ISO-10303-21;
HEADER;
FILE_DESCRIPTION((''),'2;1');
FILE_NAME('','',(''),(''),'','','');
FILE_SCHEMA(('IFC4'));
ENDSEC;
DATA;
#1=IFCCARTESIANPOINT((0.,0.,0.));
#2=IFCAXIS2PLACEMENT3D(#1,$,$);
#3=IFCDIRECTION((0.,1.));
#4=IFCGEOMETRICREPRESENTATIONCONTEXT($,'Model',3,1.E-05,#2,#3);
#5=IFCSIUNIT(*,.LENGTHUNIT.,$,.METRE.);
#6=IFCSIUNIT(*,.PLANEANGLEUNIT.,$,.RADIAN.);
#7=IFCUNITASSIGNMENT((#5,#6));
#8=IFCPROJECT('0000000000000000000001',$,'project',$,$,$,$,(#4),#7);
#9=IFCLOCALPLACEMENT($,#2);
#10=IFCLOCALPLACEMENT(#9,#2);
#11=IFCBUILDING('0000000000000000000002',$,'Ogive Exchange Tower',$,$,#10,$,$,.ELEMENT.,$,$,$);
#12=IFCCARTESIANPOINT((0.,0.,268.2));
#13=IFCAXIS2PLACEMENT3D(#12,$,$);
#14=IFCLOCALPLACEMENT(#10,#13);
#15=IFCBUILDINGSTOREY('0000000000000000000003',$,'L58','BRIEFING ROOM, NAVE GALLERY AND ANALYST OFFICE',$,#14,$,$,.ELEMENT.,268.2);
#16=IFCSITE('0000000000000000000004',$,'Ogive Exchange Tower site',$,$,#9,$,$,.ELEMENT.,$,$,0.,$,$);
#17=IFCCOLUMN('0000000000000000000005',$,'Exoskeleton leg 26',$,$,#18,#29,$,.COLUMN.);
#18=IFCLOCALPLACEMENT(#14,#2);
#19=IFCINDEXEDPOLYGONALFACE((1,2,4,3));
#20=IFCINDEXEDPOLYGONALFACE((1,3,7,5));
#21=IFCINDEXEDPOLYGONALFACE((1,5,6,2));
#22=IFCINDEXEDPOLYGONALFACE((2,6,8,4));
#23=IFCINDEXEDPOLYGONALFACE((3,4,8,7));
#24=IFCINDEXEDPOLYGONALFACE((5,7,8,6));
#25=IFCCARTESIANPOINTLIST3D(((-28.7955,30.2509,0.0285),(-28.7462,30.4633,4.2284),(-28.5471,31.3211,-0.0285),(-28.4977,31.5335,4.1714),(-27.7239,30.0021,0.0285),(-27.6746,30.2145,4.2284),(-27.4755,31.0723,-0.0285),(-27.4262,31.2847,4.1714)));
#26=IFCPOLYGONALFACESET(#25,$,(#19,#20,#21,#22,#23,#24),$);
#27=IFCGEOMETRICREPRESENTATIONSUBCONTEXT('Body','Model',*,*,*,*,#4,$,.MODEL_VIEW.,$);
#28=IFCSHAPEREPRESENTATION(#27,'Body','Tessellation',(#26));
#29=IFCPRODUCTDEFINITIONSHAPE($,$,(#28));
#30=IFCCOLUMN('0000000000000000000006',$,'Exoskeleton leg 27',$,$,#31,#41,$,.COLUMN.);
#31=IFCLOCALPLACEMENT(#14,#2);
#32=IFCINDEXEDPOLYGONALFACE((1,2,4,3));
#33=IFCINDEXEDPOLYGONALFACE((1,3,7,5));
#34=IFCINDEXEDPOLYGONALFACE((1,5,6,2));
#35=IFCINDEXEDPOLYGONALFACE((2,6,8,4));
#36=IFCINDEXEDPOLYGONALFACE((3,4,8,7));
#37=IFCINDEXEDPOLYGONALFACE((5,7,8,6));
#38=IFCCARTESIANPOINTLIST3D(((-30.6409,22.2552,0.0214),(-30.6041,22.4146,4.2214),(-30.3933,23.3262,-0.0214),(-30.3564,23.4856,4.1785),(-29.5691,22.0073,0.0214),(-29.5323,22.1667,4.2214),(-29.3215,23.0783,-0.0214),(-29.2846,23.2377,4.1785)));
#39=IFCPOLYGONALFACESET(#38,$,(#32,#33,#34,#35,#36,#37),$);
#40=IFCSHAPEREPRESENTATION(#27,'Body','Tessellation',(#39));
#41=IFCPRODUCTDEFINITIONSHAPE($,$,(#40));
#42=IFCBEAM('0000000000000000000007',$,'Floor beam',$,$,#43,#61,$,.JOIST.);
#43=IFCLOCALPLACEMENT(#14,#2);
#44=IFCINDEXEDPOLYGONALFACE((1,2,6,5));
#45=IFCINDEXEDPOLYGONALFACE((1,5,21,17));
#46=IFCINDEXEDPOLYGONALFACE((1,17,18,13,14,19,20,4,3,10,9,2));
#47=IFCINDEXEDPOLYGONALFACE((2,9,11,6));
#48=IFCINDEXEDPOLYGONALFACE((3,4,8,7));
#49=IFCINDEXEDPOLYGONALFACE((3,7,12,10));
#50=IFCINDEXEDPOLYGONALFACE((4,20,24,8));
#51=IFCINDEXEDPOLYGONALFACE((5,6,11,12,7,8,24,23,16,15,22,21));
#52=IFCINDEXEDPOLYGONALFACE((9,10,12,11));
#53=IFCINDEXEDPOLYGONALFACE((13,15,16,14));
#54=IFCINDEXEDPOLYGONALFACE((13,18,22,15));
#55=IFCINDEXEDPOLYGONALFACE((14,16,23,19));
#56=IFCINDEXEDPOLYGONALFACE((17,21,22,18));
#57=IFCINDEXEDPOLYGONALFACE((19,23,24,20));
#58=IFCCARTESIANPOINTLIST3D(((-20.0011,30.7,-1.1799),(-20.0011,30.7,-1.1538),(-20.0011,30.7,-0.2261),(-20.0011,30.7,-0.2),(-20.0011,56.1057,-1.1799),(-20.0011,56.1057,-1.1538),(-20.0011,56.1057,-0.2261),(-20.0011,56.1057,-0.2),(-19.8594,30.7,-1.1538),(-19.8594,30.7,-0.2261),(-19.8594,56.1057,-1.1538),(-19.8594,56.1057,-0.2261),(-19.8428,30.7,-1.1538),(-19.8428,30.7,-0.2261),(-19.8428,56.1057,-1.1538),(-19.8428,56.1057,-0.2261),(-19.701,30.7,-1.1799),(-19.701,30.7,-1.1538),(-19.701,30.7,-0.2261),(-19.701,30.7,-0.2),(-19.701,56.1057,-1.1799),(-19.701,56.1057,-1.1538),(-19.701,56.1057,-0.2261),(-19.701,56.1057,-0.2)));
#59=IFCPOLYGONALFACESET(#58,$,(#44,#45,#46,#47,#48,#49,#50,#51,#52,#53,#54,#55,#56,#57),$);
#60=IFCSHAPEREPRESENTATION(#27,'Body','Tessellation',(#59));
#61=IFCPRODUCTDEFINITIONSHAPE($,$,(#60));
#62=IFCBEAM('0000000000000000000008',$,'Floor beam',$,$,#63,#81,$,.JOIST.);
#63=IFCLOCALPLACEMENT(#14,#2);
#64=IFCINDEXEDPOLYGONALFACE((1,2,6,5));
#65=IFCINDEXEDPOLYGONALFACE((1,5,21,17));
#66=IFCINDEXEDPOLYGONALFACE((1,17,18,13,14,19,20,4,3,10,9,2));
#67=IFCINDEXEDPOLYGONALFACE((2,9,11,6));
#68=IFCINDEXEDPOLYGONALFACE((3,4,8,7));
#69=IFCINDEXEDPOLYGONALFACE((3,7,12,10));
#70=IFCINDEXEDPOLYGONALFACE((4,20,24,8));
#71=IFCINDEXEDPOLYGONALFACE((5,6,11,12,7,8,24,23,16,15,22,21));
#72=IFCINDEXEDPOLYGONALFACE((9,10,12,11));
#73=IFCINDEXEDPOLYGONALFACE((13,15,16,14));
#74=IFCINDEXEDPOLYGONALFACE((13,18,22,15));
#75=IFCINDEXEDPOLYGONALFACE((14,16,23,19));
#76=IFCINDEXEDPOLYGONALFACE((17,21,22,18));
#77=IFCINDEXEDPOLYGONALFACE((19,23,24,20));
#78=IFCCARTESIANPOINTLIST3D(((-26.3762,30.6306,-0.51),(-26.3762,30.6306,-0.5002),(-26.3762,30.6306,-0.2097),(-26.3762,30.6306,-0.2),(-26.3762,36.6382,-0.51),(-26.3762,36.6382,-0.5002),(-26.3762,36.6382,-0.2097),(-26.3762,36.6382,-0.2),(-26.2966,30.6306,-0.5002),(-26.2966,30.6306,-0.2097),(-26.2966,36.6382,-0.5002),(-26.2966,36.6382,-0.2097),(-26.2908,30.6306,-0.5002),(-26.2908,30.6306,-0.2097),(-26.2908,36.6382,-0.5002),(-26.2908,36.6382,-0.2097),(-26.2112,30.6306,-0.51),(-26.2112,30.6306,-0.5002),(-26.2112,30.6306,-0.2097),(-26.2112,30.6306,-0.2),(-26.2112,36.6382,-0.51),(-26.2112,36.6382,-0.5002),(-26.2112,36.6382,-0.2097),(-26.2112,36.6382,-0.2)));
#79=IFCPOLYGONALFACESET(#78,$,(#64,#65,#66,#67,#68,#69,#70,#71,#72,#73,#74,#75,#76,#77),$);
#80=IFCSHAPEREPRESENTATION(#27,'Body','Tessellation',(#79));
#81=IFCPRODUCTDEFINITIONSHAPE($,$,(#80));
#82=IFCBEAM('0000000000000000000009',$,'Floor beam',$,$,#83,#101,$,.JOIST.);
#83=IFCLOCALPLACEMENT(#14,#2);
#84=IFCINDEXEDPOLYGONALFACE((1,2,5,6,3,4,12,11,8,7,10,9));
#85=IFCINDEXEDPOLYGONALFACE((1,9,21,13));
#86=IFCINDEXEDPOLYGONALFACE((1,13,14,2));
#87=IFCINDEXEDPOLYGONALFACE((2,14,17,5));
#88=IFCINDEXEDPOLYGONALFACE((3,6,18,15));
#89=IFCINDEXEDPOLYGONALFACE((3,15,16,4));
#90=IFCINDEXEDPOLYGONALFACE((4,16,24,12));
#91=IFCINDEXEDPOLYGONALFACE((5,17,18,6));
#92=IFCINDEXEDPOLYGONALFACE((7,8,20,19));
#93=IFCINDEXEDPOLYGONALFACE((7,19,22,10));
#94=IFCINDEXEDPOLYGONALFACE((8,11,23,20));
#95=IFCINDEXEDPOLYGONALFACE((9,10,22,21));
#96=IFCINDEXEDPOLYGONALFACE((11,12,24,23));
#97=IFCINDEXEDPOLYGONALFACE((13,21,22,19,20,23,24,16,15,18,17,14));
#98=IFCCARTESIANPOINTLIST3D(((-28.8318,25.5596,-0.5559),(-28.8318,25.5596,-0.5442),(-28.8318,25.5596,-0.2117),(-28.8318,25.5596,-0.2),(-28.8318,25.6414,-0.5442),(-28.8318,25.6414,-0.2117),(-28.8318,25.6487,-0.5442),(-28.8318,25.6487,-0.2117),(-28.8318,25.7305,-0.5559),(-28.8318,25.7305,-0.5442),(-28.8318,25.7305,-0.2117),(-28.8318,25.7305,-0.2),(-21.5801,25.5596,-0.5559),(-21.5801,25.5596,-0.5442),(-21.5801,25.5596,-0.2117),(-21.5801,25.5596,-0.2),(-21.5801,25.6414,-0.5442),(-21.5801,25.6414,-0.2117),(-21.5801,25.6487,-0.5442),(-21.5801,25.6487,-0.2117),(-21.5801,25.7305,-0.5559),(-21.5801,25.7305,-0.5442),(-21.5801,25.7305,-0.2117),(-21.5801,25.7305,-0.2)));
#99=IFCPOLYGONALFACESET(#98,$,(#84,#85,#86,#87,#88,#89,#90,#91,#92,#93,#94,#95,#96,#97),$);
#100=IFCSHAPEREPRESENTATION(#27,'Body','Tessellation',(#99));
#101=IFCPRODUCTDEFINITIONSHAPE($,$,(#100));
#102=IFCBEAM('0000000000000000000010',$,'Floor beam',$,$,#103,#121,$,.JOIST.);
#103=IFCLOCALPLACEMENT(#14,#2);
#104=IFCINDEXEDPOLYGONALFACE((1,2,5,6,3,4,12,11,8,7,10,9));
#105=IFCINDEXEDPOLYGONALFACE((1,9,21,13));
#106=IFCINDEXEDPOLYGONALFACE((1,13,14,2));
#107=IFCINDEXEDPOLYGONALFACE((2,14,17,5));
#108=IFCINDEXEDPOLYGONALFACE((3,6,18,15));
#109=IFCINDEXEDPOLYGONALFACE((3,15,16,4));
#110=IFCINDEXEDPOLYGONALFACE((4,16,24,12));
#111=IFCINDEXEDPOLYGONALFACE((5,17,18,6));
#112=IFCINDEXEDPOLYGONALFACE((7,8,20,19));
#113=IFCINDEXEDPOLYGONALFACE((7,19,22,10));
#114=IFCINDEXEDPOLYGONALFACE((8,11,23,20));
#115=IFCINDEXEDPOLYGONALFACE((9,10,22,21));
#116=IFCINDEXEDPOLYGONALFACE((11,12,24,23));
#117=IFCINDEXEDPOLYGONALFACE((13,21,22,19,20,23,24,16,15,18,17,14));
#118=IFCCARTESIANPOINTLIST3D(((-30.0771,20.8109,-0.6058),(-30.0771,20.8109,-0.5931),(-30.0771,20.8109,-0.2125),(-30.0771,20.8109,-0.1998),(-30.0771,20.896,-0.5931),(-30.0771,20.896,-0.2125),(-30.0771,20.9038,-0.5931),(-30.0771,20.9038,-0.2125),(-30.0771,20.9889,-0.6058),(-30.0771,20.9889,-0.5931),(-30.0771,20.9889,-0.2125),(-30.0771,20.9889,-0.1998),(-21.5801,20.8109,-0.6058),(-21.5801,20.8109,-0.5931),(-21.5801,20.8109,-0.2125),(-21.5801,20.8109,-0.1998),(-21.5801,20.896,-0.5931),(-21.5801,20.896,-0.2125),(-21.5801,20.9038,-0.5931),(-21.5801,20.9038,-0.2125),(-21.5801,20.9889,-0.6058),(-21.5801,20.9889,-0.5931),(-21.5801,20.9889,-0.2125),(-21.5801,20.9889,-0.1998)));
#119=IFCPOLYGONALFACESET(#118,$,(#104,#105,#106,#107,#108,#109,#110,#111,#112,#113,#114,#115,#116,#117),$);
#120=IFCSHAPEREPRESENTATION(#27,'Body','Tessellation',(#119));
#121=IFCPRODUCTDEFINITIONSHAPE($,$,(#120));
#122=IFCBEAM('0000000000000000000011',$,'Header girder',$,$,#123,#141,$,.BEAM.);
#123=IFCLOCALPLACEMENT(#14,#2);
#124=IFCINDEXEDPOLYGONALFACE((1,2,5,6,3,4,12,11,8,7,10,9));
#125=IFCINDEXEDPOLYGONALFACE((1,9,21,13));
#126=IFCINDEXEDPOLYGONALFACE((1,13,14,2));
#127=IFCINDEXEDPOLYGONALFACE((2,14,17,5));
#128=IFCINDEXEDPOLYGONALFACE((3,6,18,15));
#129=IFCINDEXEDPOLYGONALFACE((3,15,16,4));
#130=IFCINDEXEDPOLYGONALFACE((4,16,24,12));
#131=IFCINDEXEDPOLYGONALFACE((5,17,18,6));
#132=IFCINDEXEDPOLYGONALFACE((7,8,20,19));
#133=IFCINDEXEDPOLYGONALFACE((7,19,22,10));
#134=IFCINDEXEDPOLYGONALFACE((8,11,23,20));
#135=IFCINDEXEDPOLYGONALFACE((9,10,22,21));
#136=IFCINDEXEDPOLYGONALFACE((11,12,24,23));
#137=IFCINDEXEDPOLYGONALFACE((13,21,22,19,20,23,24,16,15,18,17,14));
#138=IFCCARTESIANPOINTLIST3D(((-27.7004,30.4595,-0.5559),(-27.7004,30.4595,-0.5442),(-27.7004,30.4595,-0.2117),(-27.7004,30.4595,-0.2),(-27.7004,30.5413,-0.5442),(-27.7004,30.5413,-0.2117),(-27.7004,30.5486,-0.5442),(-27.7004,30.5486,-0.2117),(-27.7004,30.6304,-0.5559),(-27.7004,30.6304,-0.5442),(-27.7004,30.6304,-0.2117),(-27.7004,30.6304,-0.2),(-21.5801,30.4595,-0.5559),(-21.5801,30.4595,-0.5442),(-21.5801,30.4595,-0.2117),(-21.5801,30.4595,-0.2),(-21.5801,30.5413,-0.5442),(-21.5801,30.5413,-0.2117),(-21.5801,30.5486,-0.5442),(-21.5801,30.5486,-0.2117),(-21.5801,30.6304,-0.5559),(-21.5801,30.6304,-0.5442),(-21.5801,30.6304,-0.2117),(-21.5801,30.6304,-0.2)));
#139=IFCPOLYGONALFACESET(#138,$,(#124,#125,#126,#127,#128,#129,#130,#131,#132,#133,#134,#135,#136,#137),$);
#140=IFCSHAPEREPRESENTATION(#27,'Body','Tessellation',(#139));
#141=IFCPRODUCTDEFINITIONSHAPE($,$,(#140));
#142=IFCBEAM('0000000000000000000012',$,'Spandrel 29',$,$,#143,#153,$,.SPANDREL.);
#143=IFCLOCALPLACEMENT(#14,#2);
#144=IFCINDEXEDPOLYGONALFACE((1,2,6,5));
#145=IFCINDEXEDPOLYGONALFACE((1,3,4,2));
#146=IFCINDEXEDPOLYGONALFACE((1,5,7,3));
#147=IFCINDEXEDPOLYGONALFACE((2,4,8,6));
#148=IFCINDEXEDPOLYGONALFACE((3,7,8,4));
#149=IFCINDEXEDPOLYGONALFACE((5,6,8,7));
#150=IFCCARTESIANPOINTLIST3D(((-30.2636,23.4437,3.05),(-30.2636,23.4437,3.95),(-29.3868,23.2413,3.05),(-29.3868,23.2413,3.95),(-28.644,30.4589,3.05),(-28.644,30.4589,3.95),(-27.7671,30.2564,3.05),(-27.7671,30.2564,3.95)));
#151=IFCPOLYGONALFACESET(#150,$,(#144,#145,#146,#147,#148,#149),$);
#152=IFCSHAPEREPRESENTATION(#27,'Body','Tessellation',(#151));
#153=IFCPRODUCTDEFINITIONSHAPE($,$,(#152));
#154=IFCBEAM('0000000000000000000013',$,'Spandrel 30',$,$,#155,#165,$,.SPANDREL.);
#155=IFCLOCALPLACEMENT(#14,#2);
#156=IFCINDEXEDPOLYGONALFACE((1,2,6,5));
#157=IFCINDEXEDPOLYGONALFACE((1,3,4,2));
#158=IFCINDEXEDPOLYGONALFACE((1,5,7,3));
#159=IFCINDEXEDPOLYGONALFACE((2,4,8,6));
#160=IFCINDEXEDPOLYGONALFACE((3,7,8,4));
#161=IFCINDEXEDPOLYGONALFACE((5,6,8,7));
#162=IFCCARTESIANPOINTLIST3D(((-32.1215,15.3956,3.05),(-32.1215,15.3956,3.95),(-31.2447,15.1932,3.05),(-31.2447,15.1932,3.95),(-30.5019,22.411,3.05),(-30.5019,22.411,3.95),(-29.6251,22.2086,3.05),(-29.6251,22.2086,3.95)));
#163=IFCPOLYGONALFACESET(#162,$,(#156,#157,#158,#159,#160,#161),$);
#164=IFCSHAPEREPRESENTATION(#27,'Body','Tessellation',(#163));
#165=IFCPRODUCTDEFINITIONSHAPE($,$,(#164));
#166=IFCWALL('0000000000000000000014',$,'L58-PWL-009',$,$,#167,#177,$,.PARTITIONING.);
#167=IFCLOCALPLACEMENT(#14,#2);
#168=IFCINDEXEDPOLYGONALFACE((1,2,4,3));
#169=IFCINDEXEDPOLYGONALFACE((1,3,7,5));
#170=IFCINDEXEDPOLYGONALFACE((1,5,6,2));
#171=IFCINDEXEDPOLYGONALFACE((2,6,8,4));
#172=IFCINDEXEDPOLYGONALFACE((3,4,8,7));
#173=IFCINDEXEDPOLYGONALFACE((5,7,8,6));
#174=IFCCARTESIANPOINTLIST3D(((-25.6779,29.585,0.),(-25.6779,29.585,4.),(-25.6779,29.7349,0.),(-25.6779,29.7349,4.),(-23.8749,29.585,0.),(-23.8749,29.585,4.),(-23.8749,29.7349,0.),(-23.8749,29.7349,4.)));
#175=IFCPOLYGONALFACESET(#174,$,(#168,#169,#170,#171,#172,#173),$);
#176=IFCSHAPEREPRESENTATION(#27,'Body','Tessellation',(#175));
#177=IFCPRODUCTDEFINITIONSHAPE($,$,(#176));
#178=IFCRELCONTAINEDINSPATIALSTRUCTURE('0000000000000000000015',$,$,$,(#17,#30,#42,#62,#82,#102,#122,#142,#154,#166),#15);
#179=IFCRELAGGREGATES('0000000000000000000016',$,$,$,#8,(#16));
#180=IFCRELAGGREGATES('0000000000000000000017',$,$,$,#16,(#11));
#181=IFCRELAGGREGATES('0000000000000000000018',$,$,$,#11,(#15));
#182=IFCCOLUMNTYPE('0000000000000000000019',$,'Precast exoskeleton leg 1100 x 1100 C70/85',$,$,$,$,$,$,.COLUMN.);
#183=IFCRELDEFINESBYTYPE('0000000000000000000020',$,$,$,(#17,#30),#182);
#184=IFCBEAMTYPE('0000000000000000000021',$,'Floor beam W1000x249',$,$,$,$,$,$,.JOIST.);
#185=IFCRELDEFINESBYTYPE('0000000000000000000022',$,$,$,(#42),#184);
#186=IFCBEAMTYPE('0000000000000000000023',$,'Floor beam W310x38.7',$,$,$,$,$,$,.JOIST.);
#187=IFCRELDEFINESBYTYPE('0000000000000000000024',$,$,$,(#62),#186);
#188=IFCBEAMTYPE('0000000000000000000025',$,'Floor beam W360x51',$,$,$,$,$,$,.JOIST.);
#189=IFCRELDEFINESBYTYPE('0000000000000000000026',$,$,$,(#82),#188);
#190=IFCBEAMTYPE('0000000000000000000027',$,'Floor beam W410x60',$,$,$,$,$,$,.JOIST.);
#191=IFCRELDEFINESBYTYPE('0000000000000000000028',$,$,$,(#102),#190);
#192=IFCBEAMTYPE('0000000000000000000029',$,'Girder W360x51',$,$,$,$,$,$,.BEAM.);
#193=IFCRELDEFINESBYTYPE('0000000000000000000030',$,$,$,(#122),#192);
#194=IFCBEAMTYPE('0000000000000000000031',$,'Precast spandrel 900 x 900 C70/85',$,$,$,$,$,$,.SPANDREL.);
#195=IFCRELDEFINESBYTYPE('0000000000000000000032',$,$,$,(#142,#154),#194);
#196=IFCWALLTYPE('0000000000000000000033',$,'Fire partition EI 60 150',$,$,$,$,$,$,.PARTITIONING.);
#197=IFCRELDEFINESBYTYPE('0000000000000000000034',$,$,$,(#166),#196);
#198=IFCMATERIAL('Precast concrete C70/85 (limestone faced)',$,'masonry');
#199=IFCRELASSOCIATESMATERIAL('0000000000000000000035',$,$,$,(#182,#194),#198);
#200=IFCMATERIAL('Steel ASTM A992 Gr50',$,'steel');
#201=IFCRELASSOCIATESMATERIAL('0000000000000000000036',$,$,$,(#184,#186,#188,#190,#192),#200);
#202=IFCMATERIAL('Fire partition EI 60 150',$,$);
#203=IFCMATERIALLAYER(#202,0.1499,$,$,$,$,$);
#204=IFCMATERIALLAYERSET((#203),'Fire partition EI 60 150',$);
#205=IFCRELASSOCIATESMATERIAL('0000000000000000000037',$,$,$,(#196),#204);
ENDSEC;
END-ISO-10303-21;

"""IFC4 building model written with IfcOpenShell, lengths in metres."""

from ifc_helpers import new_model, si_unit, direction, frame, frame_2d, origin, origin_2d, place, context, subcontext, project, spatial, rectangle, i_section, extrude, material, layer, layer_set, material_profile, profile_set, type_object, element, save


model = new_model("IFC4")

# Units and contexts
model_context = context("Model", 3, precision=1e-05, world=origin(), true_north=direction((0.0, 1.0)))
body_context = subcontext(model_context, "Body", "Model", "MODEL_VIEW")
ifc_project = project(units=[si_unit("LENGTHUNIT", "METRE"), si_unit("PLANEANGLEUNIT", "RADIAN")], contexts=[model_context])

# Site, building, storey
site_placement = place(None, origin())
site = spatial("IfcSite", under=ifc_project, at=site_placement, Name="Ogive Exchange Tower site", CompositionType="ELEMENT", RefElevation=0.0)
building_placement = place(site_placement, origin())
building = spatial("IfcBuilding", under=site, at=building_placement, Name="Ogive Exchange Tower", CompositionType="ELEMENT")
storey_placement = place(building_placement, frame((0.0, 0.0, 268.2)))
storey = spatial("IfcBuildingStorey", under=building, at=storey_placement, Name="L58", Description="BRIEFING ROOM, NAVE GALLERY AND ANALYST OFFICE", CompositionType="ELEMENT", Elevation=268.2)

# Columns
ifc_material_1 = material(Name="Precast concrete C70/85 (limestone faced)", Category="masonry")
ifc_material_profile_1 = material_profile(ifc_material_1, rectangle(XDim=1.1001, YDim=1.1001, at=origin_2d()), Name="1100 x 1100")
ifc_profile_set_1 = profile_set([ifc_material_profile_1], Name="Precast concrete C70/85 (limestone faced)")
column_type = type_object("IfcColumnType", Name="Precast exoskeleton leg 1100 x 1100 C70/85", PredefinedType="COLUMN", material=ifc_profile_set_1)
column_1_placement = place(storey_placement, frame((-28.1355, 30.6616, 0.0), z_axis=(0.011726, 0.050505, 0.998655), x_axis=(-0.974088, 0.226168, 0.0)))
element("IfcColumn", 1, at=column_1_placement, inside=storey, type_object=column_type, Name="Exoskeleton leg 26", PredefinedType="COLUMN", context=body_context, shape_type="SweptSolid", body=[
    extrude(rectangle(XDim=1.1001, YDim=1.1001, at=origin_2d()), origin(), (0.0, 0.0, 1.0), 4.2056),
])
column_2_placement = place(storey_placement, frame((-29.9812, 22.6667, 0.0), z_axis=(0.008771, 0.03793, 0.999242), x_axis=(-0.974291, 0.225295, 0.0)))
element("IfcColumn", 2, at=column_2_placement, inside=storey, type_object=column_type, Name="Exoskeleton leg 27", PredefinedType="COLUMN", context=body_context, shape_type="SweptSolid", body=[
    extrude(rectangle(XDim=1.1001, YDim=1.1001, at=origin_2d()), origin(), (0.0, 0.0, 1.0), 4.2031),
])

# Beams
ifc_material_2 = material(Name="Steel ASTM A992 Gr50", Category="steel")
ifc_material_profile_2 = material_profile(ifc_material_2, i_section(OverallWidth=0.3, OverallDepth=0.98, WebThickness=0.0166, FlangeThickness=0.0261, at=origin_2d()), Name="W1000x249")
ifc_profile_set_2 = profile_set([ifc_material_profile_2], Name="Steel ASTM A992 Gr50")
beam_type_1 = type_object("IfcBeamType", Name="Floor beam W1000x249", PredefinedType="JOIST", material=ifc_profile_set_2)
beam_1_placement = place(storey_placement, frame((-19.8511, 30.7, -0.6899), z_axis=(0.0, 1.0, 0.0), x_axis=(-1.0, 0.0, 0.0)))
element("IfcBeam", 3, at=beam_1_placement, inside=storey, type_object=beam_type_1, Name="Floor beam", PredefinedType="JOIST", context=body_context, shape_type="SweptSolid", body=[
    extrude(i_section(OverallWidth=0.3, OverallDepth=0.98, WebThickness=0.0166, FlangeThickness=0.0261, at=origin_2d()), origin(), (0.0, 0.0, 1.0), 25.4058),
])
ifc_material_profile_3 = material_profile(ifc_material_2, i_section(OverallWidth=0.165, OverallDepth=0.3101, WebThickness=0.0059, FlangeThickness=0.0098, at=origin_2d()), Name="W310x38.7")
ifc_profile_set_3 = profile_set([ifc_material_profile_3], Name="Steel ASTM A992 Gr50")
beam_type_2 = type_object("IfcBeamType", Name="Floor beam W310x38.7", PredefinedType="JOIST", material=ifc_profile_set_3)
beam_2_placement = place(storey_placement, frame((-26.2937, 30.6306, -0.355), z_axis=(0.0, 1.0, 0.0), x_axis=(-1.0, 0.0, 0.0)))
element("IfcBeam", 4, at=beam_2_placement, inside=storey, type_object=beam_type_2, Name="Floor beam", PredefinedType="JOIST", context=body_context, shape_type="SweptSolid", body=[
    extrude(i_section(OverallWidth=0.165, OverallDepth=0.3101, WebThickness=0.0059, FlangeThickness=0.0098, at=origin_2d()), origin(), (0.0, 0.0, 1.0), 6.0076),
])
ifc_material_profile_4 = material_profile(ifc_material_2, i_section(OverallWidth=0.1709, OverallDepth=0.356, WebThickness=0.0073, FlangeThickness=0.0117, at=origin_2d()), Name="W360x51")
ifc_profile_set_4 = profile_set([ifc_material_profile_4], Name="Steel ASTM A992 Gr50")
beam_type_3 = type_object("IfcBeamType", Name="Floor beam W360x51", PredefinedType="JOIST", material=ifc_profile_set_4)
beam_3_placement = place(storey_placement, frame((-28.8318, 25.645, -0.3779), z_axis=(1.0, 0.0, 0.0), x_axis=(0.0, 1.0, 0.0)))
element("IfcBeam", 5, at=beam_3_placement, inside=storey, type_object=beam_type_3, Name="Floor beam", PredefinedType="JOIST", context=body_context, shape_type="SweptSolid", body=[
    extrude(i_section(OverallWidth=0.1709, OverallDepth=0.356, WebThickness=0.0073, FlangeThickness=0.0117, at=origin_2d()), origin(), (0.0, 0.0, 1.0), 7.2517),
])
ifc_material_profile_5 = material_profile(ifc_material_2, i_section(OverallWidth=0.178, OverallDepth=0.406, WebThickness=0.0078, FlangeThickness=0.0127, at=origin_2d()), Name="W410x60")
ifc_profile_set_5 = profile_set([ifc_material_profile_5], Name="Steel ASTM A992 Gr50")
beam_type_4 = type_object("IfcBeamType", Name="Floor beam W410x60", PredefinedType="JOIST", material=ifc_profile_set_5)
beam_4_placement = place(storey_placement, frame((-30.0771, 20.8999, -0.4028), z_axis=(1.0, 0.0, 0.0), x_axis=(0.0, 1.0, 0.0)))
element("IfcBeam", 6, at=beam_4_placement, inside=storey, type_object=beam_type_4, Name="Floor beam", PredefinedType="JOIST", context=body_context, shape_type="SweptSolid", body=[
    extrude(i_section(OverallWidth=0.178, OverallDepth=0.406, WebThickness=0.0078, FlangeThickness=0.0127, at=origin_2d()), origin(), (0.0, 0.0, 1.0), 8.4971),
])
ifc_material_profile_6 = material_profile(ifc_material_2, i_section(OverallWidth=0.1709, OverallDepth=0.356, WebThickness=0.0073, FlangeThickness=0.0117, at=origin_2d()), Name="W360x51")
ifc_profile_set_6 = profile_set([ifc_material_profile_6], Name="Steel ASTM A992 Gr50")
beam_type_5 = type_object("IfcBeamType", Name="Girder W360x51", PredefinedType="BEAM", material=ifc_profile_set_6)
beam_5_placement = place(storey_placement, frame((-27.7004, 30.5449, -0.3779), z_axis=(1.0, 0.0, 0.0), x_axis=(0.0, 1.0, 0.0)))
element("IfcBeam", 7, at=beam_5_placement, inside=storey, type_object=beam_type_5, Name="Header girder", PredefinedType="BEAM", context=body_context, shape_type="SweptSolid", body=[
    extrude(i_section(OverallWidth=0.1709, OverallDepth=0.356, WebThickness=0.0073, FlangeThickness=0.0117, at=origin_2d()), origin(), (0.0, 0.0, 1.0), 6.1204),
])
ifc_material_profile_7 = material_profile(ifc_material_1, rectangle(XDim=0.8999, YDim=0.8999, at=origin_2d()), Name="900 x 900")
ifc_profile_set_7 = profile_set([ifc_material_profile_7], Name="Precast concrete C70/85 (limestone faced)")
beam_type_6 = type_object("IfcBeamType", Name="Precast spandrel 900 x 900 C70/85", PredefinedType="SPANDREL", material=ifc_profile_set_7)
beam_6_placement = place(storey_placement, frame((-28.2056, 30.3577, 3.5), z_axis=(-0.224959, -0.974368, 0.0), x_axis=(0.974368, -0.224959, 0.0)))
element("IfcBeam", 8, at=beam_6_placement, inside=storey, type_object=beam_type_6, Name="Spandrel 29", PredefinedType="SPANDREL", context=body_context, shape_type="SweptSolid", body=[
    extrude(rectangle(XDim=0.8999, YDim=0.8999, at=origin_2d()), origin(), (0.0, 0.0, 1.0), 7.1997),
])
beam_7_placement = place(storey_placement, frame((-30.0635, 22.3098, 3.5), z_axis=(-0.224951, -0.97437, 0.0), x_axis=(0.97437, -0.224951, 0.0)))
element("IfcBeam", 9, at=beam_7_placement, inside=storey, type_object=beam_type_6, Name="Spandrel 30", PredefinedType="SPANDREL", context=body_context, shape_type="SweptSolid", body=[
    extrude(rectangle(XDim=0.8999, YDim=0.8999, at=origin_2d()), origin(), (0.0, 0.0, 1.0), 7.2),
])

# Wall
ifc_material_3 = material(Name="Fire partition EI 60 150")
ifc_layer_1 = layer(ifc_material_3, 0.1499)
ifc_layer_set_1 = layer_set([ifc_layer_1], Name="Fire partition EI 60 150")
wall_type_1 = type_object("IfcWallType", Name="Fire partition EI 60 150", PredefinedType="PARTITIONING", material=ifc_layer_set_1)
wall_1_placement = place(storey_placement, frame((-23.875, 29.6599, 0.0), z_axis=(0.0, 0.0, 1.0), x_axis=(-1.0, 0.0, 0.0)))
element("IfcWall", 10, at=wall_1_placement, inside=storey, type_object=wall_type_1, Name="L58-PWL-009", PredefinedType="PARTITIONING", context=body_context, shape_type="SweptSolid", body=[
    extrude(rectangle(XDim=1.803, YDim=0.1499, at=frame_2d((0.9014, 0.0))), origin(), (0.0, 0.0, 1.0), 4.0),
])

save(model, "model.ifc")
